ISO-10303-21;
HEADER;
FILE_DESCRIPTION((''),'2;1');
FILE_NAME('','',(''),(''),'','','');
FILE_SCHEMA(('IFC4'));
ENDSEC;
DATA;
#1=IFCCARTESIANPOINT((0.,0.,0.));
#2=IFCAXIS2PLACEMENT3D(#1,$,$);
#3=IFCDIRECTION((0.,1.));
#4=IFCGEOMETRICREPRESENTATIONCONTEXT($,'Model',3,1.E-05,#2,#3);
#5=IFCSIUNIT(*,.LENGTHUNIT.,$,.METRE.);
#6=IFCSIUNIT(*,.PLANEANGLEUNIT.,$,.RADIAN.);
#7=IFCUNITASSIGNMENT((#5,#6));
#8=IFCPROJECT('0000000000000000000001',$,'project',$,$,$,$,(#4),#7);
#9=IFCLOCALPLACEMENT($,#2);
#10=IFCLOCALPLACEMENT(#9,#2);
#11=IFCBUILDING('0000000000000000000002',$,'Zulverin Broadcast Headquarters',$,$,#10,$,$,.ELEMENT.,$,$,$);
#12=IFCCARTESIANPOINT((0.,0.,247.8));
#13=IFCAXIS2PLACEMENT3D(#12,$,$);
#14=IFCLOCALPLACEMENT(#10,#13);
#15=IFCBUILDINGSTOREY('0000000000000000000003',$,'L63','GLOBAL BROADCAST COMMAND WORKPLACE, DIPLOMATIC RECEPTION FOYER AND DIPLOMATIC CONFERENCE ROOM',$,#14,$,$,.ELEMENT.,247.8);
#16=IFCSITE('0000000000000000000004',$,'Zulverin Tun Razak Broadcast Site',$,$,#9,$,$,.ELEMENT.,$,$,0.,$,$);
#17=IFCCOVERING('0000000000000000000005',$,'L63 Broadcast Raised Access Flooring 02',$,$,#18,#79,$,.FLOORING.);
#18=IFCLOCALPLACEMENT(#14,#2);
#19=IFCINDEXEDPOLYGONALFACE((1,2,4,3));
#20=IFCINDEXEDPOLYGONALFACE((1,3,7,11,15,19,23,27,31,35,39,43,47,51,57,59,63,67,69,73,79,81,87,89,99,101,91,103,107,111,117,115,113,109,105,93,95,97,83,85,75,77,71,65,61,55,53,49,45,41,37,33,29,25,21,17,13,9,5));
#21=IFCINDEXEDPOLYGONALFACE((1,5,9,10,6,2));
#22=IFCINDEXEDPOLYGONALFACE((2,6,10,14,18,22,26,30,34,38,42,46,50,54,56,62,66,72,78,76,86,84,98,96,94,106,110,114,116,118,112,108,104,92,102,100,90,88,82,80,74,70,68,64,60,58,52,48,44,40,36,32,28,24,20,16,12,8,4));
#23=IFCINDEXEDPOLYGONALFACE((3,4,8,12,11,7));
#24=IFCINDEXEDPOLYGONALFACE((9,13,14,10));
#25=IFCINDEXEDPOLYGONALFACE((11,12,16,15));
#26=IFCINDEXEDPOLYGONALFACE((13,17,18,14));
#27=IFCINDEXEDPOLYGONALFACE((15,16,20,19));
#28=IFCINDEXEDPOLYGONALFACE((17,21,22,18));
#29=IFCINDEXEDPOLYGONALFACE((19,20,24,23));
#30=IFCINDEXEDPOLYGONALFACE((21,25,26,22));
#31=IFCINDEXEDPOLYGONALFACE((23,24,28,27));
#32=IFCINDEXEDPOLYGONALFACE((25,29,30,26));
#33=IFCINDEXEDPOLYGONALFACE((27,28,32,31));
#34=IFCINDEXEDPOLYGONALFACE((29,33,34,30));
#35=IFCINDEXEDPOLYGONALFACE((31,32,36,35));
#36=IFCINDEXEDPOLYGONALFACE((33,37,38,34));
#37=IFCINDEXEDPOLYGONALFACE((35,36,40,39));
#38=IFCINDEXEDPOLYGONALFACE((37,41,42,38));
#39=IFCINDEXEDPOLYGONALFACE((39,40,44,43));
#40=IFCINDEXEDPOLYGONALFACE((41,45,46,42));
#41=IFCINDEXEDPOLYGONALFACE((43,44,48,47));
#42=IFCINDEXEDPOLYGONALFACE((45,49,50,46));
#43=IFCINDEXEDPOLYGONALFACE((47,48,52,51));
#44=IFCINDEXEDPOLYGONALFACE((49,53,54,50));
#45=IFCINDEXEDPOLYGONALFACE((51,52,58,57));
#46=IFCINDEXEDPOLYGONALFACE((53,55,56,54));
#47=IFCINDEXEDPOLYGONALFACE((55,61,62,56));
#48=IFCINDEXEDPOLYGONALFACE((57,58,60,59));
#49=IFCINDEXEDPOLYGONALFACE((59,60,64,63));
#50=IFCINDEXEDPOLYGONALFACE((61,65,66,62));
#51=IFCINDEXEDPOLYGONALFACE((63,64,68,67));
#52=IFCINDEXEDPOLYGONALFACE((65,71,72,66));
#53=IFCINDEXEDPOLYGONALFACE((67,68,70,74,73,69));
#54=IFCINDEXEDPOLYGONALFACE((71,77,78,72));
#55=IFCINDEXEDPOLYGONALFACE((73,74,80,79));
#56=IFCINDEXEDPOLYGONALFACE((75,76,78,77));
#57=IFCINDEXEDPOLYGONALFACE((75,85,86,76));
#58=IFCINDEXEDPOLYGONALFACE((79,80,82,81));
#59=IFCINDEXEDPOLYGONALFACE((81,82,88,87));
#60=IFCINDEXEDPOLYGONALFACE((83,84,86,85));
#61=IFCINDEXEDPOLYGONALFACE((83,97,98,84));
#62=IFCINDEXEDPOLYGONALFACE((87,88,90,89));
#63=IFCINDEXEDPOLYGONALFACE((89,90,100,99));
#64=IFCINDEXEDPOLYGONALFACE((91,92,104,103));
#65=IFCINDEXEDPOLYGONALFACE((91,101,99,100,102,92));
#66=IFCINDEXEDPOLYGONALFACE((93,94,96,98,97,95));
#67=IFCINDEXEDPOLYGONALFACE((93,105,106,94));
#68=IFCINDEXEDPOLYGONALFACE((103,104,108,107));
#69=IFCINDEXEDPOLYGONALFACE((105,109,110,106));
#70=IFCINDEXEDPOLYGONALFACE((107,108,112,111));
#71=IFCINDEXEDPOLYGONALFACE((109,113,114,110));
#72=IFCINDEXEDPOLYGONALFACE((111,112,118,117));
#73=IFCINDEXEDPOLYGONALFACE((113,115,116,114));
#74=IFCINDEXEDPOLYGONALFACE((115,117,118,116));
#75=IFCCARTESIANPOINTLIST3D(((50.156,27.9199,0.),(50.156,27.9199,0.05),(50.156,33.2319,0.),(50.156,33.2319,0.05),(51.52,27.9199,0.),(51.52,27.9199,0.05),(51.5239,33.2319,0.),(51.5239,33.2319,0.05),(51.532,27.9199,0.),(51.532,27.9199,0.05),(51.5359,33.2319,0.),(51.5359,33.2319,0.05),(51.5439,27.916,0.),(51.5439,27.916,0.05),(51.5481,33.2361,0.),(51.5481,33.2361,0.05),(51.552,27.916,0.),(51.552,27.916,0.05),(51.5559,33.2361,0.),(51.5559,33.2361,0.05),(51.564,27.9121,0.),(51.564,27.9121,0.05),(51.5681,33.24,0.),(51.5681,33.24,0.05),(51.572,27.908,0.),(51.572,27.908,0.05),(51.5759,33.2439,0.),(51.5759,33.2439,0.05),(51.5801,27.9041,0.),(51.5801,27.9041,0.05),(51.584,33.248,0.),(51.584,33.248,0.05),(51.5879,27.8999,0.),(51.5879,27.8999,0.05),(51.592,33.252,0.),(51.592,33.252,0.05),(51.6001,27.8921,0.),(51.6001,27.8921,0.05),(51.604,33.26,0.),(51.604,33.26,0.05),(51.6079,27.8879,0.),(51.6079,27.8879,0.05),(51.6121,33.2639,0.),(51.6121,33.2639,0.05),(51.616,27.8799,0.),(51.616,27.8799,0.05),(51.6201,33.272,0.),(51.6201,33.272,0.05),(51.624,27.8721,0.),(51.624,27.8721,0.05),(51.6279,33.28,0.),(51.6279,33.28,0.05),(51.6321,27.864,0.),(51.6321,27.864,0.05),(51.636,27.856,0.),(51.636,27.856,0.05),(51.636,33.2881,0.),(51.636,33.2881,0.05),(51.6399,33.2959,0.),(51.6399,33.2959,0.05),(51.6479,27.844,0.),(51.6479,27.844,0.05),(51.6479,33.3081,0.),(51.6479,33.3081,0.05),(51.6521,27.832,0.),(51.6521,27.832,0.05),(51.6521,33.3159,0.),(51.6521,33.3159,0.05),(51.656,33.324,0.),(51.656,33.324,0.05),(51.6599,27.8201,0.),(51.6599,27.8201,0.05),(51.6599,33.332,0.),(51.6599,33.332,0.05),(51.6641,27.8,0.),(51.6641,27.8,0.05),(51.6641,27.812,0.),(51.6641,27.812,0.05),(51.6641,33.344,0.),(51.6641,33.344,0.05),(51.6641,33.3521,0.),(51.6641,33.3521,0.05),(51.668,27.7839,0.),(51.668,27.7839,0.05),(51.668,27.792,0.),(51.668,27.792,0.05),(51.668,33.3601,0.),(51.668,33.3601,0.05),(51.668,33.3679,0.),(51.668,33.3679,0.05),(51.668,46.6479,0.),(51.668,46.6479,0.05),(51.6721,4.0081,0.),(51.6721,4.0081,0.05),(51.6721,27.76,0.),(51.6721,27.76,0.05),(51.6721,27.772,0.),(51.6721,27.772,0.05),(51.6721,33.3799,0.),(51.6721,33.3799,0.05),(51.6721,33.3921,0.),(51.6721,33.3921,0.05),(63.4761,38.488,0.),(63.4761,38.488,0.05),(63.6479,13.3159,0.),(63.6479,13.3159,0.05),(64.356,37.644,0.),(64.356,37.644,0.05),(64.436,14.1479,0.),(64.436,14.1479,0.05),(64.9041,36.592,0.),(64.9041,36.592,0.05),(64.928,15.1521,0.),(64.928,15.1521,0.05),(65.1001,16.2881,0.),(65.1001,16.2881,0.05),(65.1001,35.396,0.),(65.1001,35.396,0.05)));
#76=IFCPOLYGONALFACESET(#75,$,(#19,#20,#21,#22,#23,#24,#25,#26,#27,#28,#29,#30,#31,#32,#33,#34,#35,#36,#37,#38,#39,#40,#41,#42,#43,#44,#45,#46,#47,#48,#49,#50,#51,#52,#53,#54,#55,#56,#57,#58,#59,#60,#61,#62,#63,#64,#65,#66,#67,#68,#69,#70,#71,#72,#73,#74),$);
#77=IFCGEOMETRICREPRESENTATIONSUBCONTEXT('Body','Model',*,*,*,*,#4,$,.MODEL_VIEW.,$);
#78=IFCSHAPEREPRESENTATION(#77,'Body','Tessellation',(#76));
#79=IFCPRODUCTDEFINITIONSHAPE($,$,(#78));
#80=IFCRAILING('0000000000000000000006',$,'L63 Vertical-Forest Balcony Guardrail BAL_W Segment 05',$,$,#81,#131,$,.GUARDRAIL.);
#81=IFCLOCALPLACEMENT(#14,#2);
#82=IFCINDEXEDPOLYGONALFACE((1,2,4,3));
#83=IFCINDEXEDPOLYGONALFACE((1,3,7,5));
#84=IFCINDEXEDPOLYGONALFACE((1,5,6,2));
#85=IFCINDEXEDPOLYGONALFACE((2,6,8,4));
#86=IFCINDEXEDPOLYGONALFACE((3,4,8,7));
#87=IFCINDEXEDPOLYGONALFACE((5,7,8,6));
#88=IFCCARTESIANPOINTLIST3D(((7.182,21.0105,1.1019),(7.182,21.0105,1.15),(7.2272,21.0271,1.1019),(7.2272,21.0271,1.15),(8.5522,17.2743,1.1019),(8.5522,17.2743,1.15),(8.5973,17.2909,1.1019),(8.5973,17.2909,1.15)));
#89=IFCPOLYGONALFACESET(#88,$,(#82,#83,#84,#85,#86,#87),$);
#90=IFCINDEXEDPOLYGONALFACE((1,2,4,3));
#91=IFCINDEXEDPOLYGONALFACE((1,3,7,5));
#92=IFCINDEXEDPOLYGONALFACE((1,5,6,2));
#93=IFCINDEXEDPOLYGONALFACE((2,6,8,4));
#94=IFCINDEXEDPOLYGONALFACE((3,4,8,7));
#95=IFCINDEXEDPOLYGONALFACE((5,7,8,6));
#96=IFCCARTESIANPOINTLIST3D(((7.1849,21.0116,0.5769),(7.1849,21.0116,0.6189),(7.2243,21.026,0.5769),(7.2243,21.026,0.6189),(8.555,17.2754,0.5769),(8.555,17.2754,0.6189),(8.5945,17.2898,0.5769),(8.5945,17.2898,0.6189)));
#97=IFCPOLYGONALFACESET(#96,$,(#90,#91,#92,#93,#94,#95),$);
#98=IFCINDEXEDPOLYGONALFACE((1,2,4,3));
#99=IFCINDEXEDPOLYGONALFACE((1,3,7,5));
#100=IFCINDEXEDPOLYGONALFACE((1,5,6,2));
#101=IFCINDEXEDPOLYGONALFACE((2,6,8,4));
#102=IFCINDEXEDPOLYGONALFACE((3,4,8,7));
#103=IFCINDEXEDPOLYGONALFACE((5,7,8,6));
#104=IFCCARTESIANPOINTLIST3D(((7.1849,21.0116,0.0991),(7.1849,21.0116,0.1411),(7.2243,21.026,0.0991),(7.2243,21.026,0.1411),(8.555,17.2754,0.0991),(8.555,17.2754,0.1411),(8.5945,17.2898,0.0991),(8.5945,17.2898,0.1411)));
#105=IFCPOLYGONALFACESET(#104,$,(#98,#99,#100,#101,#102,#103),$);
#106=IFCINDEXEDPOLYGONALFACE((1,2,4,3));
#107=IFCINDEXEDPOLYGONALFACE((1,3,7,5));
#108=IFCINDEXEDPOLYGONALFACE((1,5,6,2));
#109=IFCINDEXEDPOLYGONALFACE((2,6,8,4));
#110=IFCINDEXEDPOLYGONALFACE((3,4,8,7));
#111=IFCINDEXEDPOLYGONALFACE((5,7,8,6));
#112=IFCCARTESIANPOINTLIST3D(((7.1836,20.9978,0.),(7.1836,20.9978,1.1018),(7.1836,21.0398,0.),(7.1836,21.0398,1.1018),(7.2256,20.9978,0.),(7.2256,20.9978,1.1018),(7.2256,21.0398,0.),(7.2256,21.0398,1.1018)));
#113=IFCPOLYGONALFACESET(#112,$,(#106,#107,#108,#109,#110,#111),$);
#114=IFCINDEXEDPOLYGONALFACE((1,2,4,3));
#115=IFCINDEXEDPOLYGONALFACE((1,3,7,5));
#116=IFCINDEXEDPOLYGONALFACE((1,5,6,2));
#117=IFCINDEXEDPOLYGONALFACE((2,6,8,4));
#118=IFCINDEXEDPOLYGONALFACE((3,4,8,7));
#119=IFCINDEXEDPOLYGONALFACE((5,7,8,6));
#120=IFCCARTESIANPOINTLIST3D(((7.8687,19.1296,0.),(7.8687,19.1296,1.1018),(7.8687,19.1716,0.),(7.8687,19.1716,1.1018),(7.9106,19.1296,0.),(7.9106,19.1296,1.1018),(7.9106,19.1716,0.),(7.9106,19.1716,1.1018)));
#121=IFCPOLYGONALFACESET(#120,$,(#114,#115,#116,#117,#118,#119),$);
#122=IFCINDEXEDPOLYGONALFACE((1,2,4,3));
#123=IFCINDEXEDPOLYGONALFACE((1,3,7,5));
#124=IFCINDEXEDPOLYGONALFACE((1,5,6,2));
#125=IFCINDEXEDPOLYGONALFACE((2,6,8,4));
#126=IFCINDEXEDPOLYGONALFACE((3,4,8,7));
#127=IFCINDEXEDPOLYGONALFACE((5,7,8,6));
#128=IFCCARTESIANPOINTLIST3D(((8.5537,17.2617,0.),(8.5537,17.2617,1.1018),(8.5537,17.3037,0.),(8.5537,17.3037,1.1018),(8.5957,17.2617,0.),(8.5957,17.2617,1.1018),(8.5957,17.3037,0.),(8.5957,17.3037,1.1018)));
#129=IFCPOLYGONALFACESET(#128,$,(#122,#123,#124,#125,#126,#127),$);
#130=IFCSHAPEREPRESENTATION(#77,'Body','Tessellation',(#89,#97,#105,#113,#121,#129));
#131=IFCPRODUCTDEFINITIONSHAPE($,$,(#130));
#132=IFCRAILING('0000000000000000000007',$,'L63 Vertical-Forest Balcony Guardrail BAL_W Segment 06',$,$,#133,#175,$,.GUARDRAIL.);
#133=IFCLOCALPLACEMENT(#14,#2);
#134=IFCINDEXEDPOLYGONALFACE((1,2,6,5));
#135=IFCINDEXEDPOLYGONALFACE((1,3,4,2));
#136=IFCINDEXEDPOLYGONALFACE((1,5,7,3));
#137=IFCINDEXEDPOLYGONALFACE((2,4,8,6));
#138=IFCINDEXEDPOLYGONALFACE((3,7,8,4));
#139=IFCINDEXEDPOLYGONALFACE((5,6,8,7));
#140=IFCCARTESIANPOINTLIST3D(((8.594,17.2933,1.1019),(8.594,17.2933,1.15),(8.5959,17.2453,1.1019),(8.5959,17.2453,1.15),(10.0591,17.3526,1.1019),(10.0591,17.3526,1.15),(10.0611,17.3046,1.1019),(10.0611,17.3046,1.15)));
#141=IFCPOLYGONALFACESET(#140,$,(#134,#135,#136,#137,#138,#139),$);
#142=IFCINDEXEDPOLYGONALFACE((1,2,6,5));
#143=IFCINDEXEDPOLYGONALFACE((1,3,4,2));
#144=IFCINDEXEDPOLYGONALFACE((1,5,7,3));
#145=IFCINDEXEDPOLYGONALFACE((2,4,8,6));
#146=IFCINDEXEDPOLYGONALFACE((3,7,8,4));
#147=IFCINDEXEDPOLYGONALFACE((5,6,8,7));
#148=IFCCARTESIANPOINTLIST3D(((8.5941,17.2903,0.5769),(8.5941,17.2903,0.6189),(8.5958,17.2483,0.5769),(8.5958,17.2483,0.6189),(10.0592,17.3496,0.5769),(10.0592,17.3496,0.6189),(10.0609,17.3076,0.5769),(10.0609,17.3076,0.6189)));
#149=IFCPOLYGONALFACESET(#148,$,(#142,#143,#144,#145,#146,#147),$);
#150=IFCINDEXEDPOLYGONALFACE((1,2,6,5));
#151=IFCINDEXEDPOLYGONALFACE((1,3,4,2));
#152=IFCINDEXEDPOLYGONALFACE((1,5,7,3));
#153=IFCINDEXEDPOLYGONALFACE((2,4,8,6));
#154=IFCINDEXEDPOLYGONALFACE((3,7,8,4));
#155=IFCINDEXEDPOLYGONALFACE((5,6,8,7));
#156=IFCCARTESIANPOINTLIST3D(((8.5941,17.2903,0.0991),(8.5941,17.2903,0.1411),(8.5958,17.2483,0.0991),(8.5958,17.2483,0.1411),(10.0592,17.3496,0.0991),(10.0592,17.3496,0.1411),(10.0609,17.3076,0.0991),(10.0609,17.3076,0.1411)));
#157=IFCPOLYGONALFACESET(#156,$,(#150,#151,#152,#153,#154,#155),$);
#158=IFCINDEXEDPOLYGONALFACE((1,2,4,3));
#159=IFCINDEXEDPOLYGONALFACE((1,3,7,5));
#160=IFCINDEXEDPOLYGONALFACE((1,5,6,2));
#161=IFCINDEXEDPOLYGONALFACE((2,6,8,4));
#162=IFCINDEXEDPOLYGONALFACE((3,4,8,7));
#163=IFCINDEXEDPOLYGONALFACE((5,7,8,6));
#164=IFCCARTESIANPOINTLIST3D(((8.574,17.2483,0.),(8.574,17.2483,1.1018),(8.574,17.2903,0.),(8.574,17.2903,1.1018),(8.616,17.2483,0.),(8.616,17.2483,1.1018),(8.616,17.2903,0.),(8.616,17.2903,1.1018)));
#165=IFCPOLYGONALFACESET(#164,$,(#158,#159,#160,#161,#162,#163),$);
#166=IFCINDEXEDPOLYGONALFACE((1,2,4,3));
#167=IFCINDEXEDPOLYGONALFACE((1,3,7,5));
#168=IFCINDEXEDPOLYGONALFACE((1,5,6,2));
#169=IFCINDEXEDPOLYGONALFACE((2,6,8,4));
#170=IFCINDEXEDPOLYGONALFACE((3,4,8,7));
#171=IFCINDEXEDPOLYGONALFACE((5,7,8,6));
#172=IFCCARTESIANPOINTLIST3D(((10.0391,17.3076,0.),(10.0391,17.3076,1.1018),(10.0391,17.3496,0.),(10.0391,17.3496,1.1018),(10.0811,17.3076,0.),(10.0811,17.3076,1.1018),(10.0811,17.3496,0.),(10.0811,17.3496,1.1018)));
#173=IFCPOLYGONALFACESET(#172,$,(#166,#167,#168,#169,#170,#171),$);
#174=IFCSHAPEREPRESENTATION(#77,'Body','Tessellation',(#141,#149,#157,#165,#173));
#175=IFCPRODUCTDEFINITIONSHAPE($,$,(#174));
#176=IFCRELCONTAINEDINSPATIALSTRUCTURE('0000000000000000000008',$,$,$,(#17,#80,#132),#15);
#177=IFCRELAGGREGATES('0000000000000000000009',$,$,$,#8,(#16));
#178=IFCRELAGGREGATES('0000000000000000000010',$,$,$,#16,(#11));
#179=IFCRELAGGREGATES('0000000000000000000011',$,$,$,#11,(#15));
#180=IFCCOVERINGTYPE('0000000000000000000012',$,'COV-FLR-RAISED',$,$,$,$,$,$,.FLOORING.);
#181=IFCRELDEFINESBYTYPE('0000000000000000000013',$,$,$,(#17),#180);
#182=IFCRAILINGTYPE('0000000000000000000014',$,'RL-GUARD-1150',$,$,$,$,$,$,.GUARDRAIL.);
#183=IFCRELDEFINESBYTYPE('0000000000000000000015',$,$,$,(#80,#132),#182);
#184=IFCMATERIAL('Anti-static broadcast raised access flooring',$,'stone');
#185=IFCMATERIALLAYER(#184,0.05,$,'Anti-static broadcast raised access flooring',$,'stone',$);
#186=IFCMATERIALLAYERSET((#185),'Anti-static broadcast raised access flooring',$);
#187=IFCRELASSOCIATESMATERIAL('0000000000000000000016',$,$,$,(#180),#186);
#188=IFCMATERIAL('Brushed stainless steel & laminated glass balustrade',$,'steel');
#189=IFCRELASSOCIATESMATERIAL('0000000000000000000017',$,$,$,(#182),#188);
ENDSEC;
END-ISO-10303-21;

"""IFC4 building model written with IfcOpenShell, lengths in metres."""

from ifc_helpers import new_model, si_unit, direction, frame, origin, origin_2d, place, context, subcontext, project, spatial, polyline, rectangle, outline, extrude, material, layer, layer_set, type_object, element, save


model = new_model("IFC4")

# Units and contexts
model_context = context("Model", 3, precision=1e-05, world=origin(), true_north=direction((0.0, 1.0)))
body_context = subcontext(model_context, "Body", "Model", "MODEL_VIEW")
ifc_project = project(units=[si_unit("LENGTHUNIT", "METRE"), si_unit("PLANEANGLEUNIT", "RADIAN")], contexts=[model_context])

# Site, building, storey
site_placement = place(None, origin())
site = spatial("IfcSite", under=ifc_project, at=site_placement, Name="Zulverin Tun Razak Broadcast Site", CompositionType="ELEMENT", RefElevation=0.0)
building_placement = place(site_placement, origin())
building = spatial("IfcBuilding", under=site, at=building_placement, Name="Zulverin Broadcast Headquarters", CompositionType="ELEMENT")
storey_placement = place(building_placement, frame((0.0, 0.0, 247.8)))
storey = spatial("IfcBuildingStorey", under=building, at=storey_placement, Name="L63", Description="GLOBAL BROADCAST COMMAND WORKPLACE, DIPLOMATIC RECEPTION FOYER AND DIPLOMATIC CONFERENCE ROOM", CompositionType="ELEMENT", Elevation=247.8)

# Covering
ifc_material_1 = material(Name="Anti-static broadcast raised access flooring", Category="stone")
ifc_layer_1 = layer(ifc_material_1, 0.05, Name="Anti-static broadcast raised access flooring", Category="stone")
ifc_layer_set_1 = layer_set([ifc_layer_1], Name="Anti-static broadcast raised access flooring")
covering_type_1 = type_object("IfcCoveringType", Name="COV-FLR-RAISED", PredefinedType="FLOORING", material=ifc_layer_set_1)
covering_1_placement = place(storey_placement, origin())
element("IfcCovering", 1, at=covering_1_placement, inside=storey, type_object=covering_type_1, Name="L63 Broadcast Raised Access Flooring 02", PredefinedType="FLOORING", context=body_context, shape_type="SweptSolid", body=[
    extrude(outline(polyline([(51.604, 33.26), (51.592, 33.252), (51.584, 33.248), (51.5759, 33.2439), (51.5681, 33.24), (51.5559, 33.2361), (51.5481, 33.2361), (51.5359, 33.2319), (51.5239, 33.2319), (50.156, 33.2319), (50.156, 27.9199), (51.52, 27.9199), (51.532, 27.9199), (51.5439, 27.916), (51.552, 27.916), (51.564, 27.9121), (51.572, 27.908), (51.5801, 27.9041), (51.5879, 27.8999), (51.6001, 27.8921), (51.6079, 27.8879), (51.616, 27.8799), (51.624, 27.8721), (51.6321, 27.864), (51.636, 27.856), (51.6479, 27.844), (51.6521, 27.832), (51.6599, 27.8201), (51.6641, 27.812), (51.6641, 27.8), (51.668, 27.792), (51.668, 27.7839), (51.6721, 27.772), (51.6721, 27.76), (51.6721, 4.0081), (63.6479, 13.3159), (64.436, 14.1479), (64.928, 15.1521), (65.1001, 16.2881), (65.1001, 35.396), (64.9041, 36.592), (64.356, 37.644), (63.4761, 38.488), (51.668, 46.6479), (51.6721, 33.3921), (51.6721, 33.3799), (51.668, 33.3679), (51.668, 33.3601), (51.6641, 33.3521), (51.6641, 33.344), (51.6599, 33.332), (51.656, 33.324), (51.6521, 33.3159), (51.6479, 33.3081), (51.6399, 33.2959), (51.636, 33.2881), (51.6279, 33.28), (51.6201, 33.272), (51.6121, 33.2639), (51.604, 33.26)])), origin(), (0.0, 0.0, 1.0), 0.05),
])

# Railings
ifc_material_2 = material(Name="Brushed stainless steel & laminated glass balustrade", Category="steel")
railing_type = type_object("IfcRailingType", Name="RL-GUARD-1150", PredefinedType="GUARDRAIL", material=ifc_material_2)
railing_1_placement = place(storey_placement, frame((7.2046, 21.0188, 0.0)))
element("IfcRailing", 2, at=railing_1_placement, inside=storey, type_object=railing_type, Name="L63 Vertical-Forest Balcony Guardrail BAL_W Segment 05", PredefinedType="GUARDRAIL", context=body_context, shape_type="SweptSolid", body=[
    extrude(rectangle(XDim=0.0481, YDim=0.0481, at=origin_2d()), frame((0.0, 0.0, 1.126), z_axis=(0.344303, -0.938858, 0.0), x_axis=(0.938858, 0.344303, 0.0)), (0.0, 0.0, 1.0), 3.9795),
    extrude(rectangle(XDim=0.042, YDim=0.042, at=origin_2d()), frame((0.0, 0.0, 0.5979), z_axis=(0.344303, -0.938858, 0.0), x_axis=(0.938858, 0.344303, 0.0)), (0.0, 0.0, 1.0), 3.9795),
    extrude(rectangle(XDim=0.042, YDim=0.042, at=origin_2d()), frame((0.0, 0.0, 0.1201), z_axis=(0.344303, -0.938858, 0.0), x_axis=(0.938858, 0.344303, 0.0)), (0.0, 0.0, 1.0), 3.9795),
    extrude(rectangle(XDim=0.042, YDim=0.042, at=origin_2d()), origin(), (0.0, 0.0, 1.0), 1.1018),
    extrude(rectangle(XDim=0.042, YDim=0.042, at=origin_2d()), frame((0.6851, -1.8682, 0.0)), (0.0, 0.0, 1.0), 1.1018),
    extrude(rectangle(XDim=0.042, YDim=0.042, at=origin_2d()), frame((1.3701, -3.7361, 0.0)), (0.0, 0.0, 1.0), 1.1018),
])
railing_2_placement = place(storey_placement, frame((8.595, 17.2693, 0.0)))
element("IfcRailing", 3, at=railing_2_placement, inside=storey, type_object=railing_type, Name="L63 Vertical-Forest Balcony Guardrail BAL_W Segment 06", PredefinedType="GUARDRAIL", context=body_context, shape_type="SweptSolid", body=[
    extrude(rectangle(XDim=0.0481, YDim=0.0481, at=origin_2d()), frame((0.0, 0.0, 1.126), z_axis=(0.999181, 0.04046, 0.0), x_axis=(-0.04046, 0.999181, 0.0)), (0.0, 0.0, 1.0), 1.4663),
    extrude(rectangle(XDim=0.042, YDim=0.042, at=origin_2d()), frame((0.0, 0.0, 0.5979), z_axis=(0.999181, 0.04046, 0.0), x_axis=(-0.04046, 0.999181, 0.0)), (0.0, 0.0, 1.0), 1.4663),
    extrude(rectangle(XDim=0.042, YDim=0.042, at=origin_2d()), frame((0.0, 0.0, 0.1201), z_axis=(0.999181, 0.04046, 0.0), x_axis=(-0.04046, 0.999181, 0.0)), (0.0, 0.0, 1.0), 1.4663),
    extrude(rectangle(XDim=0.042, YDim=0.042, at=origin_2d()), origin(), (0.0, 0.0, 1.0), 1.1018),
    extrude(rectangle(XDim=0.042, YDim=0.042, at=origin_2d()), frame((1.4651, 0.0593, 0.0)), (0.0, 0.0, 1.0), 1.1018),
])

save(model, "model.ifc")
